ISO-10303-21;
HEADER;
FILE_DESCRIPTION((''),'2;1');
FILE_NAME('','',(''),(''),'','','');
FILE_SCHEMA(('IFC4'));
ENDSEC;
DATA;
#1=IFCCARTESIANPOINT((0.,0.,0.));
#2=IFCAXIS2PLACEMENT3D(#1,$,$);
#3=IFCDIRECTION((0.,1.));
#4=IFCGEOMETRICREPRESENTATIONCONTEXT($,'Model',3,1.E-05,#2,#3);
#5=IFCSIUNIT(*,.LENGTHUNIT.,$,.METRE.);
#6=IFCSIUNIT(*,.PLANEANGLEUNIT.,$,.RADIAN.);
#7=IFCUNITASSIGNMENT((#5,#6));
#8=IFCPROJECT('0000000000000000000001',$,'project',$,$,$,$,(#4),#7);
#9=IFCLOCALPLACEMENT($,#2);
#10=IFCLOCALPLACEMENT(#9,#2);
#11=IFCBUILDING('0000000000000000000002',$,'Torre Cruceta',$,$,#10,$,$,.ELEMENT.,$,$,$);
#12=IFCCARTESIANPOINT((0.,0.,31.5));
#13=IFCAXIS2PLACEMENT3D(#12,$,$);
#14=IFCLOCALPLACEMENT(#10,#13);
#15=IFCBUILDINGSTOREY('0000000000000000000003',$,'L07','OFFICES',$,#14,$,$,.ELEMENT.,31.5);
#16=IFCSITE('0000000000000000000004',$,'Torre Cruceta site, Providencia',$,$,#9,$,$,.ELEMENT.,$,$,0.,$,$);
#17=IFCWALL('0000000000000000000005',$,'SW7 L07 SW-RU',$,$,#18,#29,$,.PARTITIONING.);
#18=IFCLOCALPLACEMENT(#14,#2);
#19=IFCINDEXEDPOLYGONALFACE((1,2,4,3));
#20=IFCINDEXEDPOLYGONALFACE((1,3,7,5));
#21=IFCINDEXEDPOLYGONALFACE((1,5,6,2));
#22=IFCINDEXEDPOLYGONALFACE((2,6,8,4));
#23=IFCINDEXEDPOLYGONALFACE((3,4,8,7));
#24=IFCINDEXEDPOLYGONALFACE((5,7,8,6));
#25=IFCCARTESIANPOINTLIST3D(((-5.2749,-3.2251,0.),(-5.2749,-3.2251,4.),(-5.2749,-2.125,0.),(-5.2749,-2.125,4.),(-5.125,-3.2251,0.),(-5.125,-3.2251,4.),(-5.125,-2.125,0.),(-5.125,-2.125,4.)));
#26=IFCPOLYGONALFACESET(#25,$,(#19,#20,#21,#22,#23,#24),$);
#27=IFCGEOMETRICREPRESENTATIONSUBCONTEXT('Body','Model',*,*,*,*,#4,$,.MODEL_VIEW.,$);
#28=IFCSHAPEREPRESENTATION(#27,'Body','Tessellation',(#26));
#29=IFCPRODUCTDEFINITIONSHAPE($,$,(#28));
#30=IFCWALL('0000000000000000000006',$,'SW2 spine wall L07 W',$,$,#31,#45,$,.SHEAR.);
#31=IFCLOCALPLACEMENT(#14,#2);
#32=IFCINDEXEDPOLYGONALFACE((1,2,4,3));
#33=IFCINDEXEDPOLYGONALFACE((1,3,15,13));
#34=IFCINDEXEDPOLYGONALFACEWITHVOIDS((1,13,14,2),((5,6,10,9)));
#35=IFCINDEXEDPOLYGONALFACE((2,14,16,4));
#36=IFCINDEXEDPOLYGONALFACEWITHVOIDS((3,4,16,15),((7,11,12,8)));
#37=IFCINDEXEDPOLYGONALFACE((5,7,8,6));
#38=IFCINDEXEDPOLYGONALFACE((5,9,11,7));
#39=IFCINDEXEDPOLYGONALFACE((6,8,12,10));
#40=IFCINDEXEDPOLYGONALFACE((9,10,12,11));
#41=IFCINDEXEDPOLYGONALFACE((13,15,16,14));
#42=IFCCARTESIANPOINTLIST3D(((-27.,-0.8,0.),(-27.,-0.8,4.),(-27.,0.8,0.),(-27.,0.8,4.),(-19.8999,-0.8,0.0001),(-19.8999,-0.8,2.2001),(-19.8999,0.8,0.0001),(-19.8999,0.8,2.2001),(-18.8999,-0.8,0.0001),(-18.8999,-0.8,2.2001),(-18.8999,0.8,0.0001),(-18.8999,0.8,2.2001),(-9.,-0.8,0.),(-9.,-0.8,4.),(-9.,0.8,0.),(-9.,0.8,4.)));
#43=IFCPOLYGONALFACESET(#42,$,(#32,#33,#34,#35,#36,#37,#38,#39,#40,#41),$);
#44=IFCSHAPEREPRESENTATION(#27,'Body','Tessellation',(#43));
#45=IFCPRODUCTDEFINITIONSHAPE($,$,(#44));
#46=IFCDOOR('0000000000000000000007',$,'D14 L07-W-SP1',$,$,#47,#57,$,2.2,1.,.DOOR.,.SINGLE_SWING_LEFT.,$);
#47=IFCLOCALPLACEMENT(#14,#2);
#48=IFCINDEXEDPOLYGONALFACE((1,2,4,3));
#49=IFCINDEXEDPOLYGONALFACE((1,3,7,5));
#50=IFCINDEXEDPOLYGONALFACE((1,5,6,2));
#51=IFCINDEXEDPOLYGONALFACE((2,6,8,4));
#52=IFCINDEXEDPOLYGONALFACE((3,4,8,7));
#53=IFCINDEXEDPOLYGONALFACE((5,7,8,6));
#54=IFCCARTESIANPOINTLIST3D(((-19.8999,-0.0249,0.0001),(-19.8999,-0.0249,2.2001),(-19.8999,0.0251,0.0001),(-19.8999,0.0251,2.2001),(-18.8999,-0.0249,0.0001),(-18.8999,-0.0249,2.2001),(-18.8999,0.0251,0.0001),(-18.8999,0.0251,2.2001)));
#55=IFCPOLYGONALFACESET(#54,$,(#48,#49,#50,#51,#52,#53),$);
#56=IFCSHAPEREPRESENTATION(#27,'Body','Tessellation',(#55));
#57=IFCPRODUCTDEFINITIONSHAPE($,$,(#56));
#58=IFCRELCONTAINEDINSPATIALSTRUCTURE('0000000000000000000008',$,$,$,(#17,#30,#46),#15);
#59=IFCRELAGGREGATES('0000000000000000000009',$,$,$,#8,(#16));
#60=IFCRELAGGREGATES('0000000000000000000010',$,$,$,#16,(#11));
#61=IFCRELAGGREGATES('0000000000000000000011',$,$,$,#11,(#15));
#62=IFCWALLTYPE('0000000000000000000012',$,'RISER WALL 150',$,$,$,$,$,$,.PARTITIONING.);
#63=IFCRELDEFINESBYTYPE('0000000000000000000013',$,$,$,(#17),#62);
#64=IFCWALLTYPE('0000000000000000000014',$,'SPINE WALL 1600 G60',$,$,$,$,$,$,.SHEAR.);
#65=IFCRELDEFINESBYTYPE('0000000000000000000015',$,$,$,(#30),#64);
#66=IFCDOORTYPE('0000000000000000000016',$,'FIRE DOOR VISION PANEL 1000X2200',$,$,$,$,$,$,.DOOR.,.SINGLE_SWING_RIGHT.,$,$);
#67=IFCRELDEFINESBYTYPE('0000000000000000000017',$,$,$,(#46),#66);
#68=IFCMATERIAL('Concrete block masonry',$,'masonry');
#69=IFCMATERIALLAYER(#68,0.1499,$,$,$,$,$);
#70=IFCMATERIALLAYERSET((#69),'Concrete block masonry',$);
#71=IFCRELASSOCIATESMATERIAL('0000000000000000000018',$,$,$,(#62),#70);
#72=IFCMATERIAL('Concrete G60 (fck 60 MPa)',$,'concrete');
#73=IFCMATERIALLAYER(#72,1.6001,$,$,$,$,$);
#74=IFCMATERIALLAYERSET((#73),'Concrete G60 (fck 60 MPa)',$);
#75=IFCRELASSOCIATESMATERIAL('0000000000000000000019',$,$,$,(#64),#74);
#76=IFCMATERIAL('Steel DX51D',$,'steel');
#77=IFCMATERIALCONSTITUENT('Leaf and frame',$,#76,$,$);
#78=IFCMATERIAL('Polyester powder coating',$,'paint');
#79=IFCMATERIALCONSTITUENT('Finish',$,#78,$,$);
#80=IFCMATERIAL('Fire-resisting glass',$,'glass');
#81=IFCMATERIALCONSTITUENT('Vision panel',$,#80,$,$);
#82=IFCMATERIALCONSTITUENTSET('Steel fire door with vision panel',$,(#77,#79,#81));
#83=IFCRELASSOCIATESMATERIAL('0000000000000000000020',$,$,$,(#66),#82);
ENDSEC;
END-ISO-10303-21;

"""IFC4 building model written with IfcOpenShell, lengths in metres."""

from ifc_helpers import new_model, si_unit, direction, frame, frame_2d, origin, place, context, subcontext, project, spatial, rectangle, extrude, material, layer, layer_set, constituent, constituent_set, type_object, element, fill, save


model = new_model("IFC4")

# Units and contexts
model_context = context("Model", 3, precision=1e-05, world=origin(), true_north=direction((0.0, 1.0)))
body_context = subcontext(model_context, "Body", "Model", "MODEL_VIEW")
ifc_project = project(units=[si_unit("LENGTHUNIT", "METRE"), si_unit("PLANEANGLEUNIT", "RADIAN")], contexts=[model_context])

# Site, building, storey
site_placement = place(None, origin())
site = spatial("IfcSite", under=ifc_project, at=site_placement, Name="Torre Cruceta site, Providencia", CompositionType="ELEMENT", RefElevation=0.0)
building_placement = place(site_placement, origin())
building = spatial("IfcBuilding", under=site, at=building_placement, Name="Torre Cruceta", CompositionType="ELEMENT")
storey_placement = place(building_placement, frame((0.0, 0.0, 31.5)))
storey = spatial("IfcBuildingStorey", under=building, at=storey_placement, Name="L07", Description="OFFICES", CompositionType="ELEMENT", Elevation=31.5)

# Shared definitions
ifc_material_1 = material(Name="Concrete block masonry", Category="masonry")
ifc_layer_1 = layer(ifc_material_1, 0.1499)
ifc_layer_set_1 = layer_set([ifc_layer_1], Name="Concrete block masonry")
wall_type_1 = type_object("IfcWallType", Name="RISER WALL 150", PredefinedType="PARTITIONING", material=ifc_layer_set_1)

# Wall
wall_1_placement = place(storey_placement, frame((-5.2, -2.125, 0.0), z_axis=(0.0, 0.0, 1.0), x_axis=(0.0, -1.0, 0.0)))
element("IfcWall", 1, at=wall_1_placement, inside=storey, type_object=wall_type_1, Name="SW7 L07 SW-RU", PredefinedType="PARTITIONING", context=body_context, shape_type="SweptSolid", body=[
    extrude(rectangle(XDim=1.1001, YDim=0.1499, at=frame_2d((0.55, 0.0))), origin(), (0.0, 0.0, 1.0), 4.0),
])

# Wall, opening, door
ifc_material_2 = material(Name="Concrete G60 (fck 60 MPa)", Category="concrete")
ifc_layer_2 = layer(ifc_material_2, 1.6001)
ifc_layer_set_2 = layer_set([ifc_layer_2], Name="Concrete G60 (fck 60 MPa)")
wall_type_2 = type_object("IfcWallType", Name="SPINE WALL 1600 G60", PredefinedType="SHEAR", material=ifc_layer_set_2)
wall_2_placement = place(storey_placement, frame((-9.0, 0.0, 0.0), z_axis=(0.0, 0.0, 1.0), x_axis=(-1.0, 0.0, 0.0)))
wall_2 = element("IfcWall", 2, at=wall_2_placement, inside=storey, type_object=wall_type_2, Name="SW2 spine wall L07 W", PredefinedType="SHEAR", context=body_context, shape_type="SweptSolid", body=[
    extrude(rectangle(XDim=18.0, YDim=1.6001, at=frame_2d((9.0, 0.0))), origin(), (0.0, 0.0, 1.0), 4.0),
])
opening_1_placement = place(wall_2_placement, frame((9.8999, 0.0, 0.0)))
opening_1 = element("IfcOpeningElement", 3, at=opening_1_placement, cuts=wall_2, PredefinedType="OPENING", context=body_context, shape_type="SweptSolid", body=[
    extrude(rectangle(XDim=1.0, YDim=2.2, at=frame_2d((0.5, 1.1001))), frame((0.0, 0.8101, 0.0), z_axis=(0.0, -1.0, 0.0), x_axis=(1.0, 0.0, 0.0)), (0.0, 0.0, 1.0), 1.6201),
])
ifc_material_3 = material(Name="Steel DX51D", Category="steel")
ifc_constituent_1 = constituent(ifc_material_3, Name="Leaf and frame")
ifc_material_4 = material(Name="Polyester powder coating", Category="paint")
ifc_constituent_2 = constituent(ifc_material_4, Name="Finish")
ifc_material_5 = material(Name="Fire-resisting glass", Category="glass")
ifc_constituent_3 = constituent(ifc_material_5, Name="Vision panel")
ifc_constituent_set_1 = constituent_set(constituents=[ifc_constituent_1, ifc_constituent_2, ifc_constituent_3], Name="Steel fire door with vision panel")
door_type_1 = type_object("IfcDoorType", Name="FIRE DOOR VISION PANEL 1000X2200", OperationType="SINGLE_SWING_RIGHT", PredefinedType="DOOR", material=ifc_constituent_set_1)
door_1_placement = place(opening_1_placement, frame((1.0, 0.0, 0.0), z_axis=(0.0, 0.0, 1.0), x_axis=(-1.0, 0.0, 0.0)))
door_1 = element("IfcDoor", 4, at=door_1_placement, inside=storey, type_object=door_type_1, Name="D14 L07-W-SP1", OperationType="SINGLE_SWING_LEFT", OverallHeight=2.2, OverallWidth=1.0, PredefinedType="DOOR", context=body_context, shape_type="SweptSolid", body=[
    extrude(rectangle(XDim=1.0, YDim=2.2, at=frame_2d((0.5, 1.1001))), frame((0.0, 0.0251, 0.0), z_axis=(0.0, -1.0, 0.0), x_axis=(1.0, 0.0, 0.0)), (0.0, 0.0, 1.0), 0.05),
])
fill(opening_1, door_1)

save(model, "model.ifc")
